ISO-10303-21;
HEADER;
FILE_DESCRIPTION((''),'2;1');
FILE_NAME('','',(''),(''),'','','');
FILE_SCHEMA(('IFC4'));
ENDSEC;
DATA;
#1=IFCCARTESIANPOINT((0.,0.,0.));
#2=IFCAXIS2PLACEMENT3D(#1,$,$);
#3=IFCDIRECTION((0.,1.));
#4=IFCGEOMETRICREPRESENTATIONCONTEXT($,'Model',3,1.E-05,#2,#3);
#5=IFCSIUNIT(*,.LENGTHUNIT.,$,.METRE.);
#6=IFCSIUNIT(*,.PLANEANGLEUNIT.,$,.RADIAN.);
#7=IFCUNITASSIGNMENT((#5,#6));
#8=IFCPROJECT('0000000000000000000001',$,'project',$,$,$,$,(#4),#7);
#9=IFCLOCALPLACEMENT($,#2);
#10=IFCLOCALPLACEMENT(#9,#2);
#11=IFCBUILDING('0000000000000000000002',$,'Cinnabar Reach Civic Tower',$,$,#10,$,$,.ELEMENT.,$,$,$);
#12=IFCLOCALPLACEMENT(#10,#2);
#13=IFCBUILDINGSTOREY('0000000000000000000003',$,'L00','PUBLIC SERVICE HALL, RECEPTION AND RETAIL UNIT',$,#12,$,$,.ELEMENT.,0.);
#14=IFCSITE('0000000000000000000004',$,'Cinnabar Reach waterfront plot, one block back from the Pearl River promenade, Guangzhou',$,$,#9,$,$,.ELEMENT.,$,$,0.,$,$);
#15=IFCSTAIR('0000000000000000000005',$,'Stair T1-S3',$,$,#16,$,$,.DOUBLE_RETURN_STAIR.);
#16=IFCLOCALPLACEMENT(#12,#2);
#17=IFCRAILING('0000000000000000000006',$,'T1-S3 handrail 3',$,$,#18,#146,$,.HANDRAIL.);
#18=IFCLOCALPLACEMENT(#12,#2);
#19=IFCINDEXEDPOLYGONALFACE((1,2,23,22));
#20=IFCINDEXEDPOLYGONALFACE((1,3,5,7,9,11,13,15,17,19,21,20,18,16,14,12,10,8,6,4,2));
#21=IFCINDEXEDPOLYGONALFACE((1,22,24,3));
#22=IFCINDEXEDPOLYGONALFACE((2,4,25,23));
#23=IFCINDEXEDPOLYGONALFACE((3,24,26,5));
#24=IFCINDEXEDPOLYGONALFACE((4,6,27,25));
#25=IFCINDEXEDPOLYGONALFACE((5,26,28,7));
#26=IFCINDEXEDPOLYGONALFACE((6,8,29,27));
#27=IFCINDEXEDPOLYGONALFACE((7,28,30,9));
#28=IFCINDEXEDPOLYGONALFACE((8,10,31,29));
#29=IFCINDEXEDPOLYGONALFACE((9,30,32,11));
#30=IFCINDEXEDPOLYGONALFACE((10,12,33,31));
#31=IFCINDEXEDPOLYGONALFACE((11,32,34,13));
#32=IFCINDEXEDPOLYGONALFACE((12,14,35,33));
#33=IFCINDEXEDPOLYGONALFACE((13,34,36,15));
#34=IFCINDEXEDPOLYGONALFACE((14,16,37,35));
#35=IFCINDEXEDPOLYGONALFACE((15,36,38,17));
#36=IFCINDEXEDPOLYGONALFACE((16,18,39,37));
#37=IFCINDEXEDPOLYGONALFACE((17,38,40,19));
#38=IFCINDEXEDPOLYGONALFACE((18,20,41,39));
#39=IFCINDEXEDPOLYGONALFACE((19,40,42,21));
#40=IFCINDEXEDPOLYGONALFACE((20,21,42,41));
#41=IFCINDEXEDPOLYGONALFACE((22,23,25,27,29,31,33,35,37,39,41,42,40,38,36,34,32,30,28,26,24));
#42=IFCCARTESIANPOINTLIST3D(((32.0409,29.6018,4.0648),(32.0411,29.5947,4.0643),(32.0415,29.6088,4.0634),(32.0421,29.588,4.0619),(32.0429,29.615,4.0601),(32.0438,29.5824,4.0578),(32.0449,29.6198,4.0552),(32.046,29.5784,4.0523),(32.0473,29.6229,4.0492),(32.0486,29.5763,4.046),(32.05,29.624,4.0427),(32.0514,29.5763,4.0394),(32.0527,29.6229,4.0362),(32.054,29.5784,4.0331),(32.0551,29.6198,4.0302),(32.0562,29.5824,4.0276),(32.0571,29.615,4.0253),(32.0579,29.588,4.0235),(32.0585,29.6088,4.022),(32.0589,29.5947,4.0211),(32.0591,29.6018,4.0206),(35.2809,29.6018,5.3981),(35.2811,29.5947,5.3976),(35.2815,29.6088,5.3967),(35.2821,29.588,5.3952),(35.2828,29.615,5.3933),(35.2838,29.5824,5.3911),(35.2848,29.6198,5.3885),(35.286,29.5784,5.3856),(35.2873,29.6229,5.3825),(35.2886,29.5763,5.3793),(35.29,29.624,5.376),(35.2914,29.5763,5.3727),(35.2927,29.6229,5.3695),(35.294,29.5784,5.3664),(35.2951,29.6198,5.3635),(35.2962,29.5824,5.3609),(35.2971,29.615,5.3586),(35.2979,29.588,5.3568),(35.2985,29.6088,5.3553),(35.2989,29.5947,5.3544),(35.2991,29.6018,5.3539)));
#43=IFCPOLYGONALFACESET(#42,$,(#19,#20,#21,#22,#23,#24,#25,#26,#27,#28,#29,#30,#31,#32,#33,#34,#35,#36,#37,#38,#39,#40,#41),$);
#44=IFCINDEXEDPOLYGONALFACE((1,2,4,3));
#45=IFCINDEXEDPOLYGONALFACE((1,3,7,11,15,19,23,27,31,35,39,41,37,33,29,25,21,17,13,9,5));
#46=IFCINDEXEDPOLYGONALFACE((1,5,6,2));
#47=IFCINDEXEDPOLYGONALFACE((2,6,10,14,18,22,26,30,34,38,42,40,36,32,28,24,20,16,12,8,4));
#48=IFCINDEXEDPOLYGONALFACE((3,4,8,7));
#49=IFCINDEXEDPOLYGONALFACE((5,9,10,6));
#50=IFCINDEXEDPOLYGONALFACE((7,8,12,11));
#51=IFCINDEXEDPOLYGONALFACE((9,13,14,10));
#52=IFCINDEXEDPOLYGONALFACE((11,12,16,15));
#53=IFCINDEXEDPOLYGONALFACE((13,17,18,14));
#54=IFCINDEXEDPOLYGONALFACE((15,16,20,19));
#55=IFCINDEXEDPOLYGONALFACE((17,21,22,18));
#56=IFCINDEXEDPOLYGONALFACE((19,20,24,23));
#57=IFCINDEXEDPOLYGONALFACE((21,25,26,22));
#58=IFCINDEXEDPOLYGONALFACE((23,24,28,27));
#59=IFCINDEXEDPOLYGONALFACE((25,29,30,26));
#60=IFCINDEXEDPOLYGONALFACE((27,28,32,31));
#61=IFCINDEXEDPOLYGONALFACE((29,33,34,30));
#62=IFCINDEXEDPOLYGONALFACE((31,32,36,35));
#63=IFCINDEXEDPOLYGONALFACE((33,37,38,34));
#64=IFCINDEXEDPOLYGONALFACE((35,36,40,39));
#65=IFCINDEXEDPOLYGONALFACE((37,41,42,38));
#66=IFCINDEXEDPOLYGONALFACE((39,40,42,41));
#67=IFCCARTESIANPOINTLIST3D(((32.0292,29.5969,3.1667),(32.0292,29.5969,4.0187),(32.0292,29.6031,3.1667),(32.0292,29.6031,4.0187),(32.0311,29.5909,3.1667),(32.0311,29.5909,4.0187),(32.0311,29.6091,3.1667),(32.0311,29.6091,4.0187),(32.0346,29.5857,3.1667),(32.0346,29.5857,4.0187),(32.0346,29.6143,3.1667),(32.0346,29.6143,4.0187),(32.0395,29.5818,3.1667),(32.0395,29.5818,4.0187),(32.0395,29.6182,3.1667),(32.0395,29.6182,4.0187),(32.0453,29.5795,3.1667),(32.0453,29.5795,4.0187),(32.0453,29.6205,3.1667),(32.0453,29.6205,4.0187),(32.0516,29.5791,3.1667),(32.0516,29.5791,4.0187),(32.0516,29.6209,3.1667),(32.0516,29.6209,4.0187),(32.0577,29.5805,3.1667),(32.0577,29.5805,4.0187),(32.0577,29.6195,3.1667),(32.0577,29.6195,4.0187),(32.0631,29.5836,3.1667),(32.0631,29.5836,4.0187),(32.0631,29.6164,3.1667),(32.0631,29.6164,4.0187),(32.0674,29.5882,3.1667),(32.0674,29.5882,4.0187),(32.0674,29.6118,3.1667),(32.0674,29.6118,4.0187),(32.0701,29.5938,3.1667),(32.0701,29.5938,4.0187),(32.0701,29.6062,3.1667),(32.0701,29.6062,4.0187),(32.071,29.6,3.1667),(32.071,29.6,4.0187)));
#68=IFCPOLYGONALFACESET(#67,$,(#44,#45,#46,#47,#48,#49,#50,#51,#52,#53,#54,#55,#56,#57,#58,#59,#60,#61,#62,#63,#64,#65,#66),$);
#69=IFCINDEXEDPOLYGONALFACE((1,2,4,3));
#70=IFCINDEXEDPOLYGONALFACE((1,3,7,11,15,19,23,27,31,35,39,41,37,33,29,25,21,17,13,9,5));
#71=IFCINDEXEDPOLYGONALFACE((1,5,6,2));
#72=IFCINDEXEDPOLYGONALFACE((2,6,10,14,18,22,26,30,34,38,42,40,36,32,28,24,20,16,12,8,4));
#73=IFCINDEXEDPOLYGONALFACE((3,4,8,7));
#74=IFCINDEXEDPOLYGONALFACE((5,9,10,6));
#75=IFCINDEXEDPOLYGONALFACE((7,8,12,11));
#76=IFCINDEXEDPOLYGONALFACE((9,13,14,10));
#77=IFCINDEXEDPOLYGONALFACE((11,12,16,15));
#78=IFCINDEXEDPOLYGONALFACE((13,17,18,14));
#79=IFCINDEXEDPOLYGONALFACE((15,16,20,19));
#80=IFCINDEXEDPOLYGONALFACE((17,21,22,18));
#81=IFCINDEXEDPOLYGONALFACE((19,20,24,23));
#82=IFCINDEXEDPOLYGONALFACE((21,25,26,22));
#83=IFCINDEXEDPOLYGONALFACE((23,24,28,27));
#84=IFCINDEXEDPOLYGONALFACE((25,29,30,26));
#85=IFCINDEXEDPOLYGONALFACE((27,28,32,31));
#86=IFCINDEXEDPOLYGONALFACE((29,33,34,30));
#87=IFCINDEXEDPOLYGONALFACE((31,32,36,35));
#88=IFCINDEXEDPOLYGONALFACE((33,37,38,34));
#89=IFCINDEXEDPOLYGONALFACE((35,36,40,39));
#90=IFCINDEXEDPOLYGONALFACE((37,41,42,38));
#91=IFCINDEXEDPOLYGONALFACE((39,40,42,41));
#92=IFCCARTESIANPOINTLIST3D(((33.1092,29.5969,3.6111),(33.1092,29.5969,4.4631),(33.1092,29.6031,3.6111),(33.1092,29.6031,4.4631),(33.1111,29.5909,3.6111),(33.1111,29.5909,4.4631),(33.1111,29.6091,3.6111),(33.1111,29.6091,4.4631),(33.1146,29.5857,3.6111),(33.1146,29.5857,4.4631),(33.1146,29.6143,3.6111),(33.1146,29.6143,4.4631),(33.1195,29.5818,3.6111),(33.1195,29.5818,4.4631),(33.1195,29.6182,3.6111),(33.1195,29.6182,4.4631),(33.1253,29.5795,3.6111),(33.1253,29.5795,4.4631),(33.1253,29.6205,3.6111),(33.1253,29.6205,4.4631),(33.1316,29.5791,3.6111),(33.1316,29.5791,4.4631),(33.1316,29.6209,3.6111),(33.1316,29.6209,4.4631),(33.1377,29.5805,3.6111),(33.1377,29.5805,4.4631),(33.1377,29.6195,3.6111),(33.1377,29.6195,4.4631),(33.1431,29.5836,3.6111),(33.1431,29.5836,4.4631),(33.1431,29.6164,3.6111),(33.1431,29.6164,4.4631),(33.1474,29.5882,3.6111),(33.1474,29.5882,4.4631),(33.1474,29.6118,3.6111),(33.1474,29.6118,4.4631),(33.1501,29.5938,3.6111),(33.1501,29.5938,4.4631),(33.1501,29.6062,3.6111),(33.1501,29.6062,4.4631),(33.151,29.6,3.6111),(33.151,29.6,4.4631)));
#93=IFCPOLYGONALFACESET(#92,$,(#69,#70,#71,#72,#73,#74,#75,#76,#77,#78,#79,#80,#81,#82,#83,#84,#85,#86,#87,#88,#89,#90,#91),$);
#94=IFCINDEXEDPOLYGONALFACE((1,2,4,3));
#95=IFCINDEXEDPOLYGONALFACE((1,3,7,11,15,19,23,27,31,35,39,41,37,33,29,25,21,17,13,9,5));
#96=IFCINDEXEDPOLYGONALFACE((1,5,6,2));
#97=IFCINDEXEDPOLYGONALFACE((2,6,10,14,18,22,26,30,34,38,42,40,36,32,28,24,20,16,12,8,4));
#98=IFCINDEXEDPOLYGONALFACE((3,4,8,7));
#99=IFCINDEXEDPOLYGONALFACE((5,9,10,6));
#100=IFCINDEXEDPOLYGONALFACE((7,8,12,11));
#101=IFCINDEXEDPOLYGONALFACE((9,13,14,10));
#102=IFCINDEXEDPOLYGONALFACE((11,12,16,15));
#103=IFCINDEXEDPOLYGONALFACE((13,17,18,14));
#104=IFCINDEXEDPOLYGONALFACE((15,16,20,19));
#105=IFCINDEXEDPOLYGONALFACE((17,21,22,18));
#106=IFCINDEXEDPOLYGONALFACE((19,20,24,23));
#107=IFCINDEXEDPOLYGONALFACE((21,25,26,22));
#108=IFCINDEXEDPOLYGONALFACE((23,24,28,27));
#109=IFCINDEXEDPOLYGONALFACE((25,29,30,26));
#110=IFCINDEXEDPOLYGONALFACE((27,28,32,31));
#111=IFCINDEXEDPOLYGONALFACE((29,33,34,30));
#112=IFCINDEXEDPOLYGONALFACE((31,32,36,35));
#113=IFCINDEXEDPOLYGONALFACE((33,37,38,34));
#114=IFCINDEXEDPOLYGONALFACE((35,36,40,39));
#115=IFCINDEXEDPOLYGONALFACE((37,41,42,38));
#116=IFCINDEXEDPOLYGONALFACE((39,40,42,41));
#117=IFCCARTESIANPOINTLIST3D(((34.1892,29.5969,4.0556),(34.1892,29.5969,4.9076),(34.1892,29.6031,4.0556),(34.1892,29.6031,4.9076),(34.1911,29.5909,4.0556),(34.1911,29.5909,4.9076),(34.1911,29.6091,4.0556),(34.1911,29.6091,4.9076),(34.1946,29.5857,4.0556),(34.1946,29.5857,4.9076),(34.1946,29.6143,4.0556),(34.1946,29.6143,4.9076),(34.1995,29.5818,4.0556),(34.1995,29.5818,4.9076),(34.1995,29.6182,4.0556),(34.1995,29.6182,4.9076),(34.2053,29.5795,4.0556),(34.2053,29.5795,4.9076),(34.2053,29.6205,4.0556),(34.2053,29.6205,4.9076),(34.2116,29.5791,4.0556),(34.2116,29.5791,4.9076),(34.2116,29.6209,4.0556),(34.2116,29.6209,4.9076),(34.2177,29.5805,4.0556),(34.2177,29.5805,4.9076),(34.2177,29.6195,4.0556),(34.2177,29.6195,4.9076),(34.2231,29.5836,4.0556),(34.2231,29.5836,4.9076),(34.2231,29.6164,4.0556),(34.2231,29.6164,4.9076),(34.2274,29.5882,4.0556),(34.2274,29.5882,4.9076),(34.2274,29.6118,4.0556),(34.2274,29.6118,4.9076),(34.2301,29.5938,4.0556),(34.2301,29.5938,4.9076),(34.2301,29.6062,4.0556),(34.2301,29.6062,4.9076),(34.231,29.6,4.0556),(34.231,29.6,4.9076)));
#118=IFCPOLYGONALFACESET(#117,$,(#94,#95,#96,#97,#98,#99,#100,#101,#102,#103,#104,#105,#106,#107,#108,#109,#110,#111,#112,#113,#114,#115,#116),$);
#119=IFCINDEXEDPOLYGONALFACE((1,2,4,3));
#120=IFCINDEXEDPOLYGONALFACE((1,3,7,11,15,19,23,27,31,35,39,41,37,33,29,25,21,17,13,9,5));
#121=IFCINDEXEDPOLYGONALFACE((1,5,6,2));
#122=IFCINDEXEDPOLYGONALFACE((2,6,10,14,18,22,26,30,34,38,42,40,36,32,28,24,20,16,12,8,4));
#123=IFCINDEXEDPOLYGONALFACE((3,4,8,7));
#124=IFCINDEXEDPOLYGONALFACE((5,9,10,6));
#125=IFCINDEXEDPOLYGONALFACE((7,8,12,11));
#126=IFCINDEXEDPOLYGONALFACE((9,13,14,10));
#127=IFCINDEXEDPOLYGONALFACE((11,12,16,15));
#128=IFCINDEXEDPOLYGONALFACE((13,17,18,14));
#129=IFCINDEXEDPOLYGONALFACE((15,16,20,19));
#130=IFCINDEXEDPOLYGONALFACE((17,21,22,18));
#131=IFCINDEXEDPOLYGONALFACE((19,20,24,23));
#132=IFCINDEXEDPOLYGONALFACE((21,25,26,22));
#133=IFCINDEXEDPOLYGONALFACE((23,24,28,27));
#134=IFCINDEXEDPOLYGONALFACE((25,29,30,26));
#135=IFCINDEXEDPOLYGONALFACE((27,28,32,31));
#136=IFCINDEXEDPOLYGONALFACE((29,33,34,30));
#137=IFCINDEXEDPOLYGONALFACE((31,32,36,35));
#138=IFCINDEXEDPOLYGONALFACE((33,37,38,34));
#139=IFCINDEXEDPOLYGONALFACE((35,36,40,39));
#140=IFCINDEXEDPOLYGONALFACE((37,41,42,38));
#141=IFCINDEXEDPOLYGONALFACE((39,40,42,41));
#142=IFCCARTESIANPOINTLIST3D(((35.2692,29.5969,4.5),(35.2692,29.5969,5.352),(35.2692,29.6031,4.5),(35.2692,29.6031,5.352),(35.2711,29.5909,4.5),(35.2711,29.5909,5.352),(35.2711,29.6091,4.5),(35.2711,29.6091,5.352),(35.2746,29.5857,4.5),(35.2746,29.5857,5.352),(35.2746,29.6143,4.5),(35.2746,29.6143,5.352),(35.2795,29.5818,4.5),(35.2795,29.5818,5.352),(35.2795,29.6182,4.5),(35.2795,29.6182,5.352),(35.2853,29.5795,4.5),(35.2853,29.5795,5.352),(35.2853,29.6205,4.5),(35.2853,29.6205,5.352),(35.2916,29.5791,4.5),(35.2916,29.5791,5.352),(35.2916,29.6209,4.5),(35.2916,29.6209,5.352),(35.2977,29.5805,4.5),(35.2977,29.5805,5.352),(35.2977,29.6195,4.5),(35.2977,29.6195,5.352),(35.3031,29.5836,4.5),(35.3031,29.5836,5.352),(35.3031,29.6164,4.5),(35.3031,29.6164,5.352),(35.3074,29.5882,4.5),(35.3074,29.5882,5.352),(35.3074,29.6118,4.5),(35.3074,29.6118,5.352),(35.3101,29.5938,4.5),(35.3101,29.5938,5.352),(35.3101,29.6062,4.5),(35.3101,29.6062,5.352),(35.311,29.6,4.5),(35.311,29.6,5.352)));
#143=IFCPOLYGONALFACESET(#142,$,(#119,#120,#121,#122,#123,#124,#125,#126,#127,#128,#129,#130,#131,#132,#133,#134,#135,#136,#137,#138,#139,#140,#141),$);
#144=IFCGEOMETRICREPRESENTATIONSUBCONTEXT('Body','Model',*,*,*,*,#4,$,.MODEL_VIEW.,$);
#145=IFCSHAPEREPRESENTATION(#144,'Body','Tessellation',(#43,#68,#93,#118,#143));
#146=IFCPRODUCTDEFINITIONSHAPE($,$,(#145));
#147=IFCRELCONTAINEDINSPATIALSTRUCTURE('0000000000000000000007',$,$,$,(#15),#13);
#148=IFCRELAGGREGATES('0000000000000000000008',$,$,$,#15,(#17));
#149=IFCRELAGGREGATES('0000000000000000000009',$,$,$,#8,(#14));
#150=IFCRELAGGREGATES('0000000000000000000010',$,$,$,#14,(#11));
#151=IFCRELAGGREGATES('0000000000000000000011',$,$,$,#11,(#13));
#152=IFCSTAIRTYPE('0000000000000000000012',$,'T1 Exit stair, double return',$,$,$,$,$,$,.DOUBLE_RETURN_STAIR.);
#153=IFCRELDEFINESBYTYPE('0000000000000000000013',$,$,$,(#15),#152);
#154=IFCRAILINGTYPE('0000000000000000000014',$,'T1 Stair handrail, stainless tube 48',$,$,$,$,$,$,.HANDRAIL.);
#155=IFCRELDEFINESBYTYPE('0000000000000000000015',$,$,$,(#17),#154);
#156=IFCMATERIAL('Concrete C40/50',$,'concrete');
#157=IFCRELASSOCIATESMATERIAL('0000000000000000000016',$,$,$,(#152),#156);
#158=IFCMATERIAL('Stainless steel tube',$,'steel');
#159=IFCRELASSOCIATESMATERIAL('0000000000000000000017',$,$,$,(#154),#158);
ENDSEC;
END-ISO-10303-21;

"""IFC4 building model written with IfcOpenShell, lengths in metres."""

from ifc_helpers import new_model, si_unit, direction, frame, origin, origin_2d, place, context, subcontext, project, spatial, circle, extrude, material, type_object, element, aggregate, save


model = new_model("IFC4")

# Units and contexts
model_context = context("Model", 3, precision=1e-05, world=origin(), true_north=direction((0.0, 1.0)))
body_context = subcontext(model_context, "Body", "Model", "MODEL_VIEW")
ifc_project = project(units=[si_unit("LENGTHUNIT", "METRE"), si_unit("PLANEANGLEUNIT", "RADIAN")], contexts=[model_context])

# Site, building, storey
site_placement = place(None, origin())
site = spatial("IfcSite", under=ifc_project, at=site_placement, Name="Cinnabar Reach waterfront plot, one block back from the Pearl River promenade, Guangzhou", CompositionType="ELEMENT", RefElevation=0.0)
building_placement = place(site_placement, origin())
building = spatial("IfcBuilding", under=site, at=building_placement, Name="Cinnabar Reach Civic Tower", CompositionType="ELEMENT")
storey_placement = place(building_placement, origin())
storey = spatial("IfcBuildingStorey", under=building, at=storey_placement, Name="L00", Description="PUBLIC SERVICE HALL, RECEPTION AND RETAIL UNIT", CompositionType="ELEMENT", Elevation=0.0)

# Stair, railing
ifc_material_1 = material(Name="Concrete C40/50", Category="concrete")
stair_type = type_object("IfcStairType", Name="T1 Exit stair, double return", PredefinedType="DOUBLE_RETURN_STAIR", material=ifc_material_1)
stair_placement = place(storey_placement, origin())
stair = element("IfcStair", 1, at=stair_placement, inside=storey, type_object=stair_type, Name="Stair T1-S3", PredefinedType="DOUBLE_RETURN_STAIR")
ifc_material_2 = material(Name="Stainless steel tube", Category="steel")
railing_type = type_object("IfcRailingType", Name="T1 Stair handrail, stainless tube 48", PredefinedType="HANDRAIL", material=ifc_material_2)
railing_1_placement = place(storey_placement, frame((32.05, 29.6, 3.1667)))
railing_1 = element("IfcRailing", 2, at=railing_1_placement, type_object=railing_type, Name="T1-S3 handrail 3", PredefinedType="HANDRAIL", context=body_context, shape_type="SweptSolid", body=[
    extrude(circle(Radius=0.024, at=origin_2d()), frame((0.0, 0.0, 0.876), z_axis=(0.92476, 0.0, 0.38055), x_axis=(0.0, 1.0, 0.0)), (0.0, 0.0, 1.0), 3.5036),
    extrude(circle(Radius=0.021, at=origin_2d()), origin(), (0.0, 0.0, 1.0), 0.852),
    extrude(circle(Radius=0.021, at=origin_2d()), frame((1.08, 0.0, 0.4444)), (0.0, 0.0, 1.0), 0.852),
    extrude(circle(Radius=0.021, at=origin_2d()), frame((2.16, 0.0, 0.8889)), (0.0, 0.0, 1.0), 0.852),
    extrude(circle(Radius=0.021, at=origin_2d()), frame((3.24, 0.0, 1.3333)), (0.0, 0.0, 1.0), 0.852),
])
aggregate(stair, [railing_1])

save(model, "model.ifc")
